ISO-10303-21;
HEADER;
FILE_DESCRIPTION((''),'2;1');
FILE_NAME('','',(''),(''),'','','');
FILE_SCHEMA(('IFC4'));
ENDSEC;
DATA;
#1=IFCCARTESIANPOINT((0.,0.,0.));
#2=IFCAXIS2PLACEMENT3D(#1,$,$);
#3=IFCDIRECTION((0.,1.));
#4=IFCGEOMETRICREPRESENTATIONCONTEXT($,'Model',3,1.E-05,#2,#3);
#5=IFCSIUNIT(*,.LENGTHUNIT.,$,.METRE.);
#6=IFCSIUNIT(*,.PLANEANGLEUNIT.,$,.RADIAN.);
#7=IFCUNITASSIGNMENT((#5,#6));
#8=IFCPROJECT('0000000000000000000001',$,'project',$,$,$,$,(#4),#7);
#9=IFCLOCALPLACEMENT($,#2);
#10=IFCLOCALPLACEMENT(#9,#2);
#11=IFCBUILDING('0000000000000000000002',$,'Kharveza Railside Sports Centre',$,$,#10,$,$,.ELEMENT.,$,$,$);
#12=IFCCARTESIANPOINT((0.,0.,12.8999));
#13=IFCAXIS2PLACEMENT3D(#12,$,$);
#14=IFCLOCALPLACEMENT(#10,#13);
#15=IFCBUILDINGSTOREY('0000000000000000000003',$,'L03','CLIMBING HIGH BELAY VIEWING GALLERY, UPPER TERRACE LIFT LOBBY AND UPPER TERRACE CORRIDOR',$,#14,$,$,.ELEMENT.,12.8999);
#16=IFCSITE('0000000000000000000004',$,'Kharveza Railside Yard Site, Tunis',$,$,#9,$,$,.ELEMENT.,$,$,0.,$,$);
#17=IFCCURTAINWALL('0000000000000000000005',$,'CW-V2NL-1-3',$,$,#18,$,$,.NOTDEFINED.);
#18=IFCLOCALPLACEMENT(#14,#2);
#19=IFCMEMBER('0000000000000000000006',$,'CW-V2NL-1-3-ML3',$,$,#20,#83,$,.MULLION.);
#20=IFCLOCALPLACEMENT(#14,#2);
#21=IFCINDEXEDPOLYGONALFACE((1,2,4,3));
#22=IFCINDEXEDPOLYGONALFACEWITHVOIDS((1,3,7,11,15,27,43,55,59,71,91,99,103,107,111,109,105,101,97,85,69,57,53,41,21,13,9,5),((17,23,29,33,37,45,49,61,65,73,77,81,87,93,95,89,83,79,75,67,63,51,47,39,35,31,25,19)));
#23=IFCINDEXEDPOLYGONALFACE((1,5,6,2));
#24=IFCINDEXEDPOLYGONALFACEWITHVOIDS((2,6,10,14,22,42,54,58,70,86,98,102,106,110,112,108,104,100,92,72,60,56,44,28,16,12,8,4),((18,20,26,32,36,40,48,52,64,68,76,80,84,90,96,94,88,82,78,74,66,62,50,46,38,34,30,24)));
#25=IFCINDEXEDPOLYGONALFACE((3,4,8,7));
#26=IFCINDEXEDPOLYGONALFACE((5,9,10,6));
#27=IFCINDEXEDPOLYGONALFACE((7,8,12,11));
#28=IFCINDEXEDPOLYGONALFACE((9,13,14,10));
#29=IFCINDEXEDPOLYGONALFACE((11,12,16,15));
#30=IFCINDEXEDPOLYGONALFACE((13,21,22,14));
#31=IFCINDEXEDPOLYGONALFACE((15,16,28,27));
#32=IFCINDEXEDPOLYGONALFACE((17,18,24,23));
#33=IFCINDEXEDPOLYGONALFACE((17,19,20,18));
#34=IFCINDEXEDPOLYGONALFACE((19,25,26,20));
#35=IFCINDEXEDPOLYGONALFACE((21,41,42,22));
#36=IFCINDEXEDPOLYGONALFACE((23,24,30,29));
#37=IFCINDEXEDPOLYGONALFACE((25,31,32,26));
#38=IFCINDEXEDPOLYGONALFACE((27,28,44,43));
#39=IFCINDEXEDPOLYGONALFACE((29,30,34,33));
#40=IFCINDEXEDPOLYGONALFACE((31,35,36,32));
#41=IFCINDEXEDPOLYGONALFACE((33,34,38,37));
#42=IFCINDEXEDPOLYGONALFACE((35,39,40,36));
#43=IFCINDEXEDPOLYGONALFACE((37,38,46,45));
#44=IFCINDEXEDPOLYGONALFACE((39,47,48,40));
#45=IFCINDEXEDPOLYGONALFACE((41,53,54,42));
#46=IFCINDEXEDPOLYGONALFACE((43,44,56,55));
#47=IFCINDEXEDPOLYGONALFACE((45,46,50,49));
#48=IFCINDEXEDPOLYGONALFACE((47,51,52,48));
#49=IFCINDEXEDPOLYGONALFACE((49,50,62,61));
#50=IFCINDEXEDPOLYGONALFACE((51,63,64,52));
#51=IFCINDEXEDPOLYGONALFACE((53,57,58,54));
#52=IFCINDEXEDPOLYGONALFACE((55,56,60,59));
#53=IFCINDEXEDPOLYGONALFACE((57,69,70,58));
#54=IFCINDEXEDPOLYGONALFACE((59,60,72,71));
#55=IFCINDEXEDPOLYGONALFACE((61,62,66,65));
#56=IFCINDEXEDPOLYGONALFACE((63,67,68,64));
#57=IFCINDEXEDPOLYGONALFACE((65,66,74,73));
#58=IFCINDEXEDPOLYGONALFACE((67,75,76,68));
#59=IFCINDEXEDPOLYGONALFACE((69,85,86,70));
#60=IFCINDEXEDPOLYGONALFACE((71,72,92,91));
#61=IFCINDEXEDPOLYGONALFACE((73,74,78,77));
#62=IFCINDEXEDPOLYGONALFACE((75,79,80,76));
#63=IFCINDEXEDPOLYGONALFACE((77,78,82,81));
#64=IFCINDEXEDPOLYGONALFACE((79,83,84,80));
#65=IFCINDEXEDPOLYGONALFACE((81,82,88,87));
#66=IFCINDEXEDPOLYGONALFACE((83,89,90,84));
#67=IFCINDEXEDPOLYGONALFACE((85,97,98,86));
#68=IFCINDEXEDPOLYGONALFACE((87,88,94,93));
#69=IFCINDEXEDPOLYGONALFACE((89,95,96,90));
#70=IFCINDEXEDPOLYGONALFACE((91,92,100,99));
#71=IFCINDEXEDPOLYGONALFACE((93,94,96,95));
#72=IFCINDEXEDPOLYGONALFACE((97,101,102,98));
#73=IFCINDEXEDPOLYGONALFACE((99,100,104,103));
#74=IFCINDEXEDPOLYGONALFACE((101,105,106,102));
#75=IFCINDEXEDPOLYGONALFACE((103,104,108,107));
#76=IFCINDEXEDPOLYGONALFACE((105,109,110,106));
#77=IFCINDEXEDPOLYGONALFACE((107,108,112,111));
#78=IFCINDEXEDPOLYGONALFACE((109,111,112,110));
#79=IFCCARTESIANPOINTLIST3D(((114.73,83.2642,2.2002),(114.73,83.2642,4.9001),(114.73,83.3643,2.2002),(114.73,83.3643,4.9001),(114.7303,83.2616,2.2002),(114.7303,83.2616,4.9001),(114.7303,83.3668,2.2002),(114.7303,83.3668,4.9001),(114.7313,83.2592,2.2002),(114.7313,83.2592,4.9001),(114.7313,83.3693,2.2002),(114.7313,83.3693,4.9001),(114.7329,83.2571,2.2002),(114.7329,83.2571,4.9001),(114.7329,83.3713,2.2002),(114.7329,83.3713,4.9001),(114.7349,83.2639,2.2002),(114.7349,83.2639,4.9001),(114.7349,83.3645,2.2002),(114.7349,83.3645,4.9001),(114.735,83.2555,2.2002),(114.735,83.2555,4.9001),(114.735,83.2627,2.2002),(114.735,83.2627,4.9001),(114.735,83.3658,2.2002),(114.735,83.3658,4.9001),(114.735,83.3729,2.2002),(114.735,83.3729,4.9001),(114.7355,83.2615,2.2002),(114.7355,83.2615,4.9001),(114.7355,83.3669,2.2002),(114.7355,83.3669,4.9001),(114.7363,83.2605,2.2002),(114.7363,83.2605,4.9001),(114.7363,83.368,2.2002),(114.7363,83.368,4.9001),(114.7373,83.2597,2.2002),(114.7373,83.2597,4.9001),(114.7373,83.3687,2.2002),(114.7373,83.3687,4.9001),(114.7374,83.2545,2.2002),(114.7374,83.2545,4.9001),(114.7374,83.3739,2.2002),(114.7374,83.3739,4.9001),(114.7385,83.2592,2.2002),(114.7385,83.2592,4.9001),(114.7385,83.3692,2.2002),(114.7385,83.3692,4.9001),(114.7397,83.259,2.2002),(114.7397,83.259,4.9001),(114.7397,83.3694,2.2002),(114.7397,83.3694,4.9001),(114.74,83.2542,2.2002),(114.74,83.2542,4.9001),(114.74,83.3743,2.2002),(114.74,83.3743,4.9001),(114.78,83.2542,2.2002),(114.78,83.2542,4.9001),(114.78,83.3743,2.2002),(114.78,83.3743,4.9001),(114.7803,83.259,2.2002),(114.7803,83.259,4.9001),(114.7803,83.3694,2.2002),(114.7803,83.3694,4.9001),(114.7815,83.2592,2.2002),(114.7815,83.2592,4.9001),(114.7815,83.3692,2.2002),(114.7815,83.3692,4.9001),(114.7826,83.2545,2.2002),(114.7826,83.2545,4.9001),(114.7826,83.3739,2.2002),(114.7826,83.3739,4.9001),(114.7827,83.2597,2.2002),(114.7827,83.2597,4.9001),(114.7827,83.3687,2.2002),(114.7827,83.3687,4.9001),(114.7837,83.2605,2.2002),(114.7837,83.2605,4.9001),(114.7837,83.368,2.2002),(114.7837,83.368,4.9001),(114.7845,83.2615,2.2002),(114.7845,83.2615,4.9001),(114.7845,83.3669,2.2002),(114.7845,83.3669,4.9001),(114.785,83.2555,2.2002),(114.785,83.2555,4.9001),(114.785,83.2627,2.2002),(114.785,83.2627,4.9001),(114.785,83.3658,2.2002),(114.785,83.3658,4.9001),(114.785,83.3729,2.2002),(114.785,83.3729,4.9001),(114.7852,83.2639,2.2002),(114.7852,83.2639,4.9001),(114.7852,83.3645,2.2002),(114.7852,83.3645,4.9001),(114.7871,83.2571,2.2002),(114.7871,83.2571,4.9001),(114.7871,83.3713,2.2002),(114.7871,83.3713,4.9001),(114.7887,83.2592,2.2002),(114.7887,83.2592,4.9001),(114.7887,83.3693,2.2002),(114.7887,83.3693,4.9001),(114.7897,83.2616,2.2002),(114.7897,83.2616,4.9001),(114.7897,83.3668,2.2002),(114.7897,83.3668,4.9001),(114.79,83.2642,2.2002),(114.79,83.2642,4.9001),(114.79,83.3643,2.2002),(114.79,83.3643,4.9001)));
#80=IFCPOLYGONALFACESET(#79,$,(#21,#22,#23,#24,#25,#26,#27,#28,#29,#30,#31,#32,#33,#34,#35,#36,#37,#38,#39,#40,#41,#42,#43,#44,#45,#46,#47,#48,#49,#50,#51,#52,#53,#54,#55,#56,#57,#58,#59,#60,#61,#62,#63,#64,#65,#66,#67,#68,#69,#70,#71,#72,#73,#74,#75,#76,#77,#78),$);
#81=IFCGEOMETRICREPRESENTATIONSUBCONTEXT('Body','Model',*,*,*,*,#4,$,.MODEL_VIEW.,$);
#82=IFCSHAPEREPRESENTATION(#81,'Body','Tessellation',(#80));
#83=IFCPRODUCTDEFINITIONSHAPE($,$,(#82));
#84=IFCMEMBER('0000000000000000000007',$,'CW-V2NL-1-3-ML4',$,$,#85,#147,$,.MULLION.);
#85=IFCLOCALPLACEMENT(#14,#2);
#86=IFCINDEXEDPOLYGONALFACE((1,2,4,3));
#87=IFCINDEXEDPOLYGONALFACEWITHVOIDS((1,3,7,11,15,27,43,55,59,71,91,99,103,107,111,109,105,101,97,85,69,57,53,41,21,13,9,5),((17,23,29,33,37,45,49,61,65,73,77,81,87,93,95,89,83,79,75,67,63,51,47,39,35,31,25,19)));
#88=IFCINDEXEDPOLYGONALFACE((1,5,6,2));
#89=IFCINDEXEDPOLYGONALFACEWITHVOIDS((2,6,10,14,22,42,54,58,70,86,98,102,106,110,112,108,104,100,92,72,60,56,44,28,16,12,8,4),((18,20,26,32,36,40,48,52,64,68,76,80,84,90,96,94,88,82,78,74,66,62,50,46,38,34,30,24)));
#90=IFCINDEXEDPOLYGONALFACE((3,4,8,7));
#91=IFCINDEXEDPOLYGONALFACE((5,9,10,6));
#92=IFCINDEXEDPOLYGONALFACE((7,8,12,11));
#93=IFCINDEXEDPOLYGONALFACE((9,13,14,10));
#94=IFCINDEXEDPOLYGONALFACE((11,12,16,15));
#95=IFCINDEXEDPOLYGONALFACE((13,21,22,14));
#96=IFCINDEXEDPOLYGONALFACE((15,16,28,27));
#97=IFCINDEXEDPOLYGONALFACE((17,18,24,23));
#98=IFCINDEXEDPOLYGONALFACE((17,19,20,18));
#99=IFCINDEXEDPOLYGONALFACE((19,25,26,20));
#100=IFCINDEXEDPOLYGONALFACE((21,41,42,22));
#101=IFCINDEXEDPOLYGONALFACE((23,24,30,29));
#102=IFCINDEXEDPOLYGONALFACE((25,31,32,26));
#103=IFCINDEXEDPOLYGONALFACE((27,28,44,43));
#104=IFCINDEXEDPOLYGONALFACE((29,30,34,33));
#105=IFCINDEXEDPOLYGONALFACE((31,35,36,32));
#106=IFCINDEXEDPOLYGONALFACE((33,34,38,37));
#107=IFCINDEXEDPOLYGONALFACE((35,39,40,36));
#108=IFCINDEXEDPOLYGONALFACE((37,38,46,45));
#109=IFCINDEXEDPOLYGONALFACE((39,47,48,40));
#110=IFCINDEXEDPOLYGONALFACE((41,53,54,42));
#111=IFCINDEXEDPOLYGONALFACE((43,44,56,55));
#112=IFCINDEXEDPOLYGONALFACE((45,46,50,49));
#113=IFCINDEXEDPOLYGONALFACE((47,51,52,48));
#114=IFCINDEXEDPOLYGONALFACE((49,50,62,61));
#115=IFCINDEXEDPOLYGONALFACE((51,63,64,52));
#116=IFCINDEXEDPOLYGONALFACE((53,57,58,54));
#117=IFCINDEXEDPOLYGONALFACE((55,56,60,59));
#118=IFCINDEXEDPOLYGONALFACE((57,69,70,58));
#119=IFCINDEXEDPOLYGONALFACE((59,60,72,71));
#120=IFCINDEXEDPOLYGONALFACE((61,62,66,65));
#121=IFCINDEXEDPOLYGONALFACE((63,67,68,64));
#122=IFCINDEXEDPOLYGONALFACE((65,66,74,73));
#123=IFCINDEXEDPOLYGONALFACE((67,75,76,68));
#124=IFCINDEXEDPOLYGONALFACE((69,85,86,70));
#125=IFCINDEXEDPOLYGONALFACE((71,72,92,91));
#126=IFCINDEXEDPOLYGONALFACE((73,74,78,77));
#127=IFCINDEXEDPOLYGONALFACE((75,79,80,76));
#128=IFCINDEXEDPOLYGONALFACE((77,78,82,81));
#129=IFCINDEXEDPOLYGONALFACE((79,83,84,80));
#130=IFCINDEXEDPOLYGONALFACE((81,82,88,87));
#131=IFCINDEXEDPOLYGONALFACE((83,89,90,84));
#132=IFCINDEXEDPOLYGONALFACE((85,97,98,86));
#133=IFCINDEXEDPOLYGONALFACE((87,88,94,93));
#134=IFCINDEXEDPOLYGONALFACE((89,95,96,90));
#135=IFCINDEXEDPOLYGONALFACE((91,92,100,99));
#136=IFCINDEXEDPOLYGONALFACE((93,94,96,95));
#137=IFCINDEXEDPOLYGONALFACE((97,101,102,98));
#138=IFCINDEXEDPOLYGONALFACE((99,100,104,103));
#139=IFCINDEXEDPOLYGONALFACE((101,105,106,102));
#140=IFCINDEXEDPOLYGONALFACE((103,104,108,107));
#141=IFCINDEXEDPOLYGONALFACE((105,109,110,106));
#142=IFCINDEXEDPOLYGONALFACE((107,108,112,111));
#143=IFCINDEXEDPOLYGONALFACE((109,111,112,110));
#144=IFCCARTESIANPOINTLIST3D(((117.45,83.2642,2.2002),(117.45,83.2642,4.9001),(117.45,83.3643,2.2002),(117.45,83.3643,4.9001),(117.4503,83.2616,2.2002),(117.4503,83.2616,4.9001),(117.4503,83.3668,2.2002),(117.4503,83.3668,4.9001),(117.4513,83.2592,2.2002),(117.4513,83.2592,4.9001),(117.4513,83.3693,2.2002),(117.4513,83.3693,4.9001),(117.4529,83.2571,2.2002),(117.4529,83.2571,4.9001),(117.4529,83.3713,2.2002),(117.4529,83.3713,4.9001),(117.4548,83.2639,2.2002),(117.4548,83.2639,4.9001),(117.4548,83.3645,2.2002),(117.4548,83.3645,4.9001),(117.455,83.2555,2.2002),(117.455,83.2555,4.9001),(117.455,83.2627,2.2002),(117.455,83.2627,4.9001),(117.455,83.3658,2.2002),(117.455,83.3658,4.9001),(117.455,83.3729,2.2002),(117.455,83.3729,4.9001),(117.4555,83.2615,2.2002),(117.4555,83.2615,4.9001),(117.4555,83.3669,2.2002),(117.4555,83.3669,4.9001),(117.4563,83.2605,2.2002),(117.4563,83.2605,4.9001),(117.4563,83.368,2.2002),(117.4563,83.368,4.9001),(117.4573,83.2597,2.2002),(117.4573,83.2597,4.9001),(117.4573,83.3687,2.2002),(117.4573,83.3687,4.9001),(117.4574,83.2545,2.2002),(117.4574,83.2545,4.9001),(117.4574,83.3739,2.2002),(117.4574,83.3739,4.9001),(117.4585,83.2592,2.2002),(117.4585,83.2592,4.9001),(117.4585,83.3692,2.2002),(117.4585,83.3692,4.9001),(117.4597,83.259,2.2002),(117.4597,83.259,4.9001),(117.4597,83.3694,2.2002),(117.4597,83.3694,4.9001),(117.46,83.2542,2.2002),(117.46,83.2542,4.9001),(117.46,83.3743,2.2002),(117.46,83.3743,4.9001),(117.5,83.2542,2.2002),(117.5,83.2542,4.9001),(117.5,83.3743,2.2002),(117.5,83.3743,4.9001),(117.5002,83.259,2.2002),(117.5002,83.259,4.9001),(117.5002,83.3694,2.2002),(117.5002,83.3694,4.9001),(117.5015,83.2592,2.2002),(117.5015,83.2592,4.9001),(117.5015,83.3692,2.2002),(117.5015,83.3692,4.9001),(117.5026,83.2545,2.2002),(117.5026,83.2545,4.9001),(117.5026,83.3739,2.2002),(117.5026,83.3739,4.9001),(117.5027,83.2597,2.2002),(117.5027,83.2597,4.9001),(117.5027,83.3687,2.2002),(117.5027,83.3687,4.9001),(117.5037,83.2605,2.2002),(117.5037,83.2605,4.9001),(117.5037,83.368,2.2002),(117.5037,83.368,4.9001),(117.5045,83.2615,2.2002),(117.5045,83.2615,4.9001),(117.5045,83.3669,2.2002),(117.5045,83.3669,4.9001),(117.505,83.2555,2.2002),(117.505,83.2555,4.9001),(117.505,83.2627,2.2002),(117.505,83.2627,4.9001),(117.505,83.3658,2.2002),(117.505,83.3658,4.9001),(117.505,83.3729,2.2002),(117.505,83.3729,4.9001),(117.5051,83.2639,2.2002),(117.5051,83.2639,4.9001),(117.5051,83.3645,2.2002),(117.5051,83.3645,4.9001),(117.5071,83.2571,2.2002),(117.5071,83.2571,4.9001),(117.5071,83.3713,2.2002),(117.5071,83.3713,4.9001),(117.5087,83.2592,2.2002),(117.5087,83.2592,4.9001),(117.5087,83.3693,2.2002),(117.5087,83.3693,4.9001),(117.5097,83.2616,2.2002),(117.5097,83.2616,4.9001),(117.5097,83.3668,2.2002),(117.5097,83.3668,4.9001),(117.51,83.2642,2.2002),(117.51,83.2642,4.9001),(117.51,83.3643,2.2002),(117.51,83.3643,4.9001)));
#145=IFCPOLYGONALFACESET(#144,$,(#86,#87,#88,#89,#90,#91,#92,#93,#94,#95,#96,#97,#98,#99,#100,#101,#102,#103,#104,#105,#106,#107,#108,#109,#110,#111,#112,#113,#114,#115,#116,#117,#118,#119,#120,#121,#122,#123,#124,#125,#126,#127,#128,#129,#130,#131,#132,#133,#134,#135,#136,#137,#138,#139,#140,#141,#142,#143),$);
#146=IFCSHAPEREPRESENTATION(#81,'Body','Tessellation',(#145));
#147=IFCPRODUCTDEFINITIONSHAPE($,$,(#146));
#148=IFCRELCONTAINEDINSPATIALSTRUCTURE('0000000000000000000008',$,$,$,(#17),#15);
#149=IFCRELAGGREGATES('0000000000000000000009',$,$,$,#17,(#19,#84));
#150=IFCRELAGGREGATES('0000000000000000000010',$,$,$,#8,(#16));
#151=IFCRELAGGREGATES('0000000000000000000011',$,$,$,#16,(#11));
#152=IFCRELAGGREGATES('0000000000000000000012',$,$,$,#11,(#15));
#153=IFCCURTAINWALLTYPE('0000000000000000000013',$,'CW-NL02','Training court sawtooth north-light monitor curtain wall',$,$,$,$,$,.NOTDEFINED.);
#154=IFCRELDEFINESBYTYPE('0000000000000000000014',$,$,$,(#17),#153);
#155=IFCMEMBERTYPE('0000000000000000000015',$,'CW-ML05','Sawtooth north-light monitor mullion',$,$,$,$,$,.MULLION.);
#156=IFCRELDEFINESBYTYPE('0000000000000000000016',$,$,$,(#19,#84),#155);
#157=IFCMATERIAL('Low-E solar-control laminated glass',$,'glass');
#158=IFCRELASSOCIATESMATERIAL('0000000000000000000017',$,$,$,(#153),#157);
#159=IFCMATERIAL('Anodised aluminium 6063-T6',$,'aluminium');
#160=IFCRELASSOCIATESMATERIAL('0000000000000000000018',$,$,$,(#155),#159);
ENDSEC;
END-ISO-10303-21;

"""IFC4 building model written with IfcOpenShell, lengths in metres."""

from ifc_helpers import new_model, si_unit, direction, frame, origin, origin_2d, place, context, subcontext, project, spatial, hollow_rectangle, extrude, material, material_profile, profile_set, type_object, element, aggregate, save


model = new_model("IFC4")

# Units and contexts
model_context = context("Model", 3, precision=1e-05, world=origin(), true_north=direction((0.0, 1.0)))
body_context = subcontext(model_context, "Body", "Model", "MODEL_VIEW")
ifc_project = project(units=[si_unit("LENGTHUNIT", "METRE"), si_unit("PLANEANGLEUNIT", "RADIAN")], contexts=[model_context])

# Site, building, storey
site_placement = place(None, origin())
site = spatial("IfcSite", under=ifc_project, at=site_placement, Name="Kharveza Railside Yard Site, Tunis", CompositionType="ELEMENT", RefElevation=0.0)
building_placement = place(site_placement, origin())
building = spatial("IfcBuilding", under=site, at=building_placement, Name="Kharveza Railside Sports Centre", CompositionType="ELEMENT")
storey_placement = place(building_placement, frame((0.0, 0.0, 12.8999)))
storey = spatial("IfcBuildingStorey", under=building, at=storey_placement, Name="L03", Description="CLIMBING HIGH BELAY VIEWING GALLERY, UPPER TERRACE LIFT LOBBY AND UPPER TERRACE CORRIDOR", CompositionType="ELEMENT", Elevation=12.8999)

# Curtain wall, members
ifc_material_1 = material(Name="Low-E solar-control laminated glass", Category="glass")
curtain_wall_type = type_object("IfcCurtainWallType", Name="CW-NL02", Description="Training court sawtooth north-light monitor curtain wall", PredefinedType="NOTDEFINED", material=ifc_material_1)
curtain_wall_1_placement = place(storey_placement, origin())
curtain_wall_1 = element("IfcCurtainWall", 1, at=curtain_wall_1_placement, inside=storey, type_object=curtain_wall_type, Name="CW-V2NL-1-3", PredefinedType="NOTDEFINED")
ifc_material_2 = material(Name="Anodised aluminium 6063-T6", Category="aluminium")
ifc_material_profile_1 = material_profile(ifc_material_2, hollow_rectangle(XDim=0.0601, YDim=0.1201, WallThickness=0.0049, InnerFilletRadius=0.0049, OuterFilletRadius=0.01, at=origin_2d()), Name="RHS 60x120x5.0")
ifc_profile_set_1 = profile_set([ifc_material_profile_1], Name="Anodised aluminium 6063-T6")
member_type_1 = type_object("IfcMemberType", Name="CW-ML05", Description="Sawtooth north-light monitor mullion", PredefinedType="MULLION", material=ifc_profile_set_1)
member_1_placement = place(storey_placement, frame((114.76, 83.3142, 2.2002), z_axis=(0.0, 0.0, 1.0), x_axis=(1.0, 0.0, 0.0)))
member_1 = element("IfcMember", 2, at=member_1_placement, type_object=member_type_1, Name="CW-V2NL-1-3-ML3", PredefinedType="MULLION", context=body_context, shape_type="SweptSolid", body=[
    extrude(hollow_rectangle(XDim=0.0601, YDim=0.1201, WallThickness=0.0049, InnerFilletRadius=0.0049, OuterFilletRadius=0.01, at=origin_2d()), origin(), (0.0, 0.0, 1.0), 2.7),
])
member_2_placement = place(storey_placement, frame((117.48, 83.3142, 2.2002), z_axis=(0.0, 0.0, 1.0), x_axis=(1.0, 0.0, 0.0)))
member_2 = element("IfcMember", 3, at=member_2_placement, type_object=member_type_1, Name="CW-V2NL-1-3-ML4", PredefinedType="MULLION", context=body_context, shape_type="SweptSolid", body=[
    extrude(hollow_rectangle(XDim=0.0601, YDim=0.1201, WallThickness=0.0049, InnerFilletRadius=0.0049, OuterFilletRadius=0.01, at=origin_2d()), origin(), (0.0, 0.0, 1.0), 2.7),
])

aggregate(curtain_wall_1, [member_1, member_2])

save(model, "model.ifc")
